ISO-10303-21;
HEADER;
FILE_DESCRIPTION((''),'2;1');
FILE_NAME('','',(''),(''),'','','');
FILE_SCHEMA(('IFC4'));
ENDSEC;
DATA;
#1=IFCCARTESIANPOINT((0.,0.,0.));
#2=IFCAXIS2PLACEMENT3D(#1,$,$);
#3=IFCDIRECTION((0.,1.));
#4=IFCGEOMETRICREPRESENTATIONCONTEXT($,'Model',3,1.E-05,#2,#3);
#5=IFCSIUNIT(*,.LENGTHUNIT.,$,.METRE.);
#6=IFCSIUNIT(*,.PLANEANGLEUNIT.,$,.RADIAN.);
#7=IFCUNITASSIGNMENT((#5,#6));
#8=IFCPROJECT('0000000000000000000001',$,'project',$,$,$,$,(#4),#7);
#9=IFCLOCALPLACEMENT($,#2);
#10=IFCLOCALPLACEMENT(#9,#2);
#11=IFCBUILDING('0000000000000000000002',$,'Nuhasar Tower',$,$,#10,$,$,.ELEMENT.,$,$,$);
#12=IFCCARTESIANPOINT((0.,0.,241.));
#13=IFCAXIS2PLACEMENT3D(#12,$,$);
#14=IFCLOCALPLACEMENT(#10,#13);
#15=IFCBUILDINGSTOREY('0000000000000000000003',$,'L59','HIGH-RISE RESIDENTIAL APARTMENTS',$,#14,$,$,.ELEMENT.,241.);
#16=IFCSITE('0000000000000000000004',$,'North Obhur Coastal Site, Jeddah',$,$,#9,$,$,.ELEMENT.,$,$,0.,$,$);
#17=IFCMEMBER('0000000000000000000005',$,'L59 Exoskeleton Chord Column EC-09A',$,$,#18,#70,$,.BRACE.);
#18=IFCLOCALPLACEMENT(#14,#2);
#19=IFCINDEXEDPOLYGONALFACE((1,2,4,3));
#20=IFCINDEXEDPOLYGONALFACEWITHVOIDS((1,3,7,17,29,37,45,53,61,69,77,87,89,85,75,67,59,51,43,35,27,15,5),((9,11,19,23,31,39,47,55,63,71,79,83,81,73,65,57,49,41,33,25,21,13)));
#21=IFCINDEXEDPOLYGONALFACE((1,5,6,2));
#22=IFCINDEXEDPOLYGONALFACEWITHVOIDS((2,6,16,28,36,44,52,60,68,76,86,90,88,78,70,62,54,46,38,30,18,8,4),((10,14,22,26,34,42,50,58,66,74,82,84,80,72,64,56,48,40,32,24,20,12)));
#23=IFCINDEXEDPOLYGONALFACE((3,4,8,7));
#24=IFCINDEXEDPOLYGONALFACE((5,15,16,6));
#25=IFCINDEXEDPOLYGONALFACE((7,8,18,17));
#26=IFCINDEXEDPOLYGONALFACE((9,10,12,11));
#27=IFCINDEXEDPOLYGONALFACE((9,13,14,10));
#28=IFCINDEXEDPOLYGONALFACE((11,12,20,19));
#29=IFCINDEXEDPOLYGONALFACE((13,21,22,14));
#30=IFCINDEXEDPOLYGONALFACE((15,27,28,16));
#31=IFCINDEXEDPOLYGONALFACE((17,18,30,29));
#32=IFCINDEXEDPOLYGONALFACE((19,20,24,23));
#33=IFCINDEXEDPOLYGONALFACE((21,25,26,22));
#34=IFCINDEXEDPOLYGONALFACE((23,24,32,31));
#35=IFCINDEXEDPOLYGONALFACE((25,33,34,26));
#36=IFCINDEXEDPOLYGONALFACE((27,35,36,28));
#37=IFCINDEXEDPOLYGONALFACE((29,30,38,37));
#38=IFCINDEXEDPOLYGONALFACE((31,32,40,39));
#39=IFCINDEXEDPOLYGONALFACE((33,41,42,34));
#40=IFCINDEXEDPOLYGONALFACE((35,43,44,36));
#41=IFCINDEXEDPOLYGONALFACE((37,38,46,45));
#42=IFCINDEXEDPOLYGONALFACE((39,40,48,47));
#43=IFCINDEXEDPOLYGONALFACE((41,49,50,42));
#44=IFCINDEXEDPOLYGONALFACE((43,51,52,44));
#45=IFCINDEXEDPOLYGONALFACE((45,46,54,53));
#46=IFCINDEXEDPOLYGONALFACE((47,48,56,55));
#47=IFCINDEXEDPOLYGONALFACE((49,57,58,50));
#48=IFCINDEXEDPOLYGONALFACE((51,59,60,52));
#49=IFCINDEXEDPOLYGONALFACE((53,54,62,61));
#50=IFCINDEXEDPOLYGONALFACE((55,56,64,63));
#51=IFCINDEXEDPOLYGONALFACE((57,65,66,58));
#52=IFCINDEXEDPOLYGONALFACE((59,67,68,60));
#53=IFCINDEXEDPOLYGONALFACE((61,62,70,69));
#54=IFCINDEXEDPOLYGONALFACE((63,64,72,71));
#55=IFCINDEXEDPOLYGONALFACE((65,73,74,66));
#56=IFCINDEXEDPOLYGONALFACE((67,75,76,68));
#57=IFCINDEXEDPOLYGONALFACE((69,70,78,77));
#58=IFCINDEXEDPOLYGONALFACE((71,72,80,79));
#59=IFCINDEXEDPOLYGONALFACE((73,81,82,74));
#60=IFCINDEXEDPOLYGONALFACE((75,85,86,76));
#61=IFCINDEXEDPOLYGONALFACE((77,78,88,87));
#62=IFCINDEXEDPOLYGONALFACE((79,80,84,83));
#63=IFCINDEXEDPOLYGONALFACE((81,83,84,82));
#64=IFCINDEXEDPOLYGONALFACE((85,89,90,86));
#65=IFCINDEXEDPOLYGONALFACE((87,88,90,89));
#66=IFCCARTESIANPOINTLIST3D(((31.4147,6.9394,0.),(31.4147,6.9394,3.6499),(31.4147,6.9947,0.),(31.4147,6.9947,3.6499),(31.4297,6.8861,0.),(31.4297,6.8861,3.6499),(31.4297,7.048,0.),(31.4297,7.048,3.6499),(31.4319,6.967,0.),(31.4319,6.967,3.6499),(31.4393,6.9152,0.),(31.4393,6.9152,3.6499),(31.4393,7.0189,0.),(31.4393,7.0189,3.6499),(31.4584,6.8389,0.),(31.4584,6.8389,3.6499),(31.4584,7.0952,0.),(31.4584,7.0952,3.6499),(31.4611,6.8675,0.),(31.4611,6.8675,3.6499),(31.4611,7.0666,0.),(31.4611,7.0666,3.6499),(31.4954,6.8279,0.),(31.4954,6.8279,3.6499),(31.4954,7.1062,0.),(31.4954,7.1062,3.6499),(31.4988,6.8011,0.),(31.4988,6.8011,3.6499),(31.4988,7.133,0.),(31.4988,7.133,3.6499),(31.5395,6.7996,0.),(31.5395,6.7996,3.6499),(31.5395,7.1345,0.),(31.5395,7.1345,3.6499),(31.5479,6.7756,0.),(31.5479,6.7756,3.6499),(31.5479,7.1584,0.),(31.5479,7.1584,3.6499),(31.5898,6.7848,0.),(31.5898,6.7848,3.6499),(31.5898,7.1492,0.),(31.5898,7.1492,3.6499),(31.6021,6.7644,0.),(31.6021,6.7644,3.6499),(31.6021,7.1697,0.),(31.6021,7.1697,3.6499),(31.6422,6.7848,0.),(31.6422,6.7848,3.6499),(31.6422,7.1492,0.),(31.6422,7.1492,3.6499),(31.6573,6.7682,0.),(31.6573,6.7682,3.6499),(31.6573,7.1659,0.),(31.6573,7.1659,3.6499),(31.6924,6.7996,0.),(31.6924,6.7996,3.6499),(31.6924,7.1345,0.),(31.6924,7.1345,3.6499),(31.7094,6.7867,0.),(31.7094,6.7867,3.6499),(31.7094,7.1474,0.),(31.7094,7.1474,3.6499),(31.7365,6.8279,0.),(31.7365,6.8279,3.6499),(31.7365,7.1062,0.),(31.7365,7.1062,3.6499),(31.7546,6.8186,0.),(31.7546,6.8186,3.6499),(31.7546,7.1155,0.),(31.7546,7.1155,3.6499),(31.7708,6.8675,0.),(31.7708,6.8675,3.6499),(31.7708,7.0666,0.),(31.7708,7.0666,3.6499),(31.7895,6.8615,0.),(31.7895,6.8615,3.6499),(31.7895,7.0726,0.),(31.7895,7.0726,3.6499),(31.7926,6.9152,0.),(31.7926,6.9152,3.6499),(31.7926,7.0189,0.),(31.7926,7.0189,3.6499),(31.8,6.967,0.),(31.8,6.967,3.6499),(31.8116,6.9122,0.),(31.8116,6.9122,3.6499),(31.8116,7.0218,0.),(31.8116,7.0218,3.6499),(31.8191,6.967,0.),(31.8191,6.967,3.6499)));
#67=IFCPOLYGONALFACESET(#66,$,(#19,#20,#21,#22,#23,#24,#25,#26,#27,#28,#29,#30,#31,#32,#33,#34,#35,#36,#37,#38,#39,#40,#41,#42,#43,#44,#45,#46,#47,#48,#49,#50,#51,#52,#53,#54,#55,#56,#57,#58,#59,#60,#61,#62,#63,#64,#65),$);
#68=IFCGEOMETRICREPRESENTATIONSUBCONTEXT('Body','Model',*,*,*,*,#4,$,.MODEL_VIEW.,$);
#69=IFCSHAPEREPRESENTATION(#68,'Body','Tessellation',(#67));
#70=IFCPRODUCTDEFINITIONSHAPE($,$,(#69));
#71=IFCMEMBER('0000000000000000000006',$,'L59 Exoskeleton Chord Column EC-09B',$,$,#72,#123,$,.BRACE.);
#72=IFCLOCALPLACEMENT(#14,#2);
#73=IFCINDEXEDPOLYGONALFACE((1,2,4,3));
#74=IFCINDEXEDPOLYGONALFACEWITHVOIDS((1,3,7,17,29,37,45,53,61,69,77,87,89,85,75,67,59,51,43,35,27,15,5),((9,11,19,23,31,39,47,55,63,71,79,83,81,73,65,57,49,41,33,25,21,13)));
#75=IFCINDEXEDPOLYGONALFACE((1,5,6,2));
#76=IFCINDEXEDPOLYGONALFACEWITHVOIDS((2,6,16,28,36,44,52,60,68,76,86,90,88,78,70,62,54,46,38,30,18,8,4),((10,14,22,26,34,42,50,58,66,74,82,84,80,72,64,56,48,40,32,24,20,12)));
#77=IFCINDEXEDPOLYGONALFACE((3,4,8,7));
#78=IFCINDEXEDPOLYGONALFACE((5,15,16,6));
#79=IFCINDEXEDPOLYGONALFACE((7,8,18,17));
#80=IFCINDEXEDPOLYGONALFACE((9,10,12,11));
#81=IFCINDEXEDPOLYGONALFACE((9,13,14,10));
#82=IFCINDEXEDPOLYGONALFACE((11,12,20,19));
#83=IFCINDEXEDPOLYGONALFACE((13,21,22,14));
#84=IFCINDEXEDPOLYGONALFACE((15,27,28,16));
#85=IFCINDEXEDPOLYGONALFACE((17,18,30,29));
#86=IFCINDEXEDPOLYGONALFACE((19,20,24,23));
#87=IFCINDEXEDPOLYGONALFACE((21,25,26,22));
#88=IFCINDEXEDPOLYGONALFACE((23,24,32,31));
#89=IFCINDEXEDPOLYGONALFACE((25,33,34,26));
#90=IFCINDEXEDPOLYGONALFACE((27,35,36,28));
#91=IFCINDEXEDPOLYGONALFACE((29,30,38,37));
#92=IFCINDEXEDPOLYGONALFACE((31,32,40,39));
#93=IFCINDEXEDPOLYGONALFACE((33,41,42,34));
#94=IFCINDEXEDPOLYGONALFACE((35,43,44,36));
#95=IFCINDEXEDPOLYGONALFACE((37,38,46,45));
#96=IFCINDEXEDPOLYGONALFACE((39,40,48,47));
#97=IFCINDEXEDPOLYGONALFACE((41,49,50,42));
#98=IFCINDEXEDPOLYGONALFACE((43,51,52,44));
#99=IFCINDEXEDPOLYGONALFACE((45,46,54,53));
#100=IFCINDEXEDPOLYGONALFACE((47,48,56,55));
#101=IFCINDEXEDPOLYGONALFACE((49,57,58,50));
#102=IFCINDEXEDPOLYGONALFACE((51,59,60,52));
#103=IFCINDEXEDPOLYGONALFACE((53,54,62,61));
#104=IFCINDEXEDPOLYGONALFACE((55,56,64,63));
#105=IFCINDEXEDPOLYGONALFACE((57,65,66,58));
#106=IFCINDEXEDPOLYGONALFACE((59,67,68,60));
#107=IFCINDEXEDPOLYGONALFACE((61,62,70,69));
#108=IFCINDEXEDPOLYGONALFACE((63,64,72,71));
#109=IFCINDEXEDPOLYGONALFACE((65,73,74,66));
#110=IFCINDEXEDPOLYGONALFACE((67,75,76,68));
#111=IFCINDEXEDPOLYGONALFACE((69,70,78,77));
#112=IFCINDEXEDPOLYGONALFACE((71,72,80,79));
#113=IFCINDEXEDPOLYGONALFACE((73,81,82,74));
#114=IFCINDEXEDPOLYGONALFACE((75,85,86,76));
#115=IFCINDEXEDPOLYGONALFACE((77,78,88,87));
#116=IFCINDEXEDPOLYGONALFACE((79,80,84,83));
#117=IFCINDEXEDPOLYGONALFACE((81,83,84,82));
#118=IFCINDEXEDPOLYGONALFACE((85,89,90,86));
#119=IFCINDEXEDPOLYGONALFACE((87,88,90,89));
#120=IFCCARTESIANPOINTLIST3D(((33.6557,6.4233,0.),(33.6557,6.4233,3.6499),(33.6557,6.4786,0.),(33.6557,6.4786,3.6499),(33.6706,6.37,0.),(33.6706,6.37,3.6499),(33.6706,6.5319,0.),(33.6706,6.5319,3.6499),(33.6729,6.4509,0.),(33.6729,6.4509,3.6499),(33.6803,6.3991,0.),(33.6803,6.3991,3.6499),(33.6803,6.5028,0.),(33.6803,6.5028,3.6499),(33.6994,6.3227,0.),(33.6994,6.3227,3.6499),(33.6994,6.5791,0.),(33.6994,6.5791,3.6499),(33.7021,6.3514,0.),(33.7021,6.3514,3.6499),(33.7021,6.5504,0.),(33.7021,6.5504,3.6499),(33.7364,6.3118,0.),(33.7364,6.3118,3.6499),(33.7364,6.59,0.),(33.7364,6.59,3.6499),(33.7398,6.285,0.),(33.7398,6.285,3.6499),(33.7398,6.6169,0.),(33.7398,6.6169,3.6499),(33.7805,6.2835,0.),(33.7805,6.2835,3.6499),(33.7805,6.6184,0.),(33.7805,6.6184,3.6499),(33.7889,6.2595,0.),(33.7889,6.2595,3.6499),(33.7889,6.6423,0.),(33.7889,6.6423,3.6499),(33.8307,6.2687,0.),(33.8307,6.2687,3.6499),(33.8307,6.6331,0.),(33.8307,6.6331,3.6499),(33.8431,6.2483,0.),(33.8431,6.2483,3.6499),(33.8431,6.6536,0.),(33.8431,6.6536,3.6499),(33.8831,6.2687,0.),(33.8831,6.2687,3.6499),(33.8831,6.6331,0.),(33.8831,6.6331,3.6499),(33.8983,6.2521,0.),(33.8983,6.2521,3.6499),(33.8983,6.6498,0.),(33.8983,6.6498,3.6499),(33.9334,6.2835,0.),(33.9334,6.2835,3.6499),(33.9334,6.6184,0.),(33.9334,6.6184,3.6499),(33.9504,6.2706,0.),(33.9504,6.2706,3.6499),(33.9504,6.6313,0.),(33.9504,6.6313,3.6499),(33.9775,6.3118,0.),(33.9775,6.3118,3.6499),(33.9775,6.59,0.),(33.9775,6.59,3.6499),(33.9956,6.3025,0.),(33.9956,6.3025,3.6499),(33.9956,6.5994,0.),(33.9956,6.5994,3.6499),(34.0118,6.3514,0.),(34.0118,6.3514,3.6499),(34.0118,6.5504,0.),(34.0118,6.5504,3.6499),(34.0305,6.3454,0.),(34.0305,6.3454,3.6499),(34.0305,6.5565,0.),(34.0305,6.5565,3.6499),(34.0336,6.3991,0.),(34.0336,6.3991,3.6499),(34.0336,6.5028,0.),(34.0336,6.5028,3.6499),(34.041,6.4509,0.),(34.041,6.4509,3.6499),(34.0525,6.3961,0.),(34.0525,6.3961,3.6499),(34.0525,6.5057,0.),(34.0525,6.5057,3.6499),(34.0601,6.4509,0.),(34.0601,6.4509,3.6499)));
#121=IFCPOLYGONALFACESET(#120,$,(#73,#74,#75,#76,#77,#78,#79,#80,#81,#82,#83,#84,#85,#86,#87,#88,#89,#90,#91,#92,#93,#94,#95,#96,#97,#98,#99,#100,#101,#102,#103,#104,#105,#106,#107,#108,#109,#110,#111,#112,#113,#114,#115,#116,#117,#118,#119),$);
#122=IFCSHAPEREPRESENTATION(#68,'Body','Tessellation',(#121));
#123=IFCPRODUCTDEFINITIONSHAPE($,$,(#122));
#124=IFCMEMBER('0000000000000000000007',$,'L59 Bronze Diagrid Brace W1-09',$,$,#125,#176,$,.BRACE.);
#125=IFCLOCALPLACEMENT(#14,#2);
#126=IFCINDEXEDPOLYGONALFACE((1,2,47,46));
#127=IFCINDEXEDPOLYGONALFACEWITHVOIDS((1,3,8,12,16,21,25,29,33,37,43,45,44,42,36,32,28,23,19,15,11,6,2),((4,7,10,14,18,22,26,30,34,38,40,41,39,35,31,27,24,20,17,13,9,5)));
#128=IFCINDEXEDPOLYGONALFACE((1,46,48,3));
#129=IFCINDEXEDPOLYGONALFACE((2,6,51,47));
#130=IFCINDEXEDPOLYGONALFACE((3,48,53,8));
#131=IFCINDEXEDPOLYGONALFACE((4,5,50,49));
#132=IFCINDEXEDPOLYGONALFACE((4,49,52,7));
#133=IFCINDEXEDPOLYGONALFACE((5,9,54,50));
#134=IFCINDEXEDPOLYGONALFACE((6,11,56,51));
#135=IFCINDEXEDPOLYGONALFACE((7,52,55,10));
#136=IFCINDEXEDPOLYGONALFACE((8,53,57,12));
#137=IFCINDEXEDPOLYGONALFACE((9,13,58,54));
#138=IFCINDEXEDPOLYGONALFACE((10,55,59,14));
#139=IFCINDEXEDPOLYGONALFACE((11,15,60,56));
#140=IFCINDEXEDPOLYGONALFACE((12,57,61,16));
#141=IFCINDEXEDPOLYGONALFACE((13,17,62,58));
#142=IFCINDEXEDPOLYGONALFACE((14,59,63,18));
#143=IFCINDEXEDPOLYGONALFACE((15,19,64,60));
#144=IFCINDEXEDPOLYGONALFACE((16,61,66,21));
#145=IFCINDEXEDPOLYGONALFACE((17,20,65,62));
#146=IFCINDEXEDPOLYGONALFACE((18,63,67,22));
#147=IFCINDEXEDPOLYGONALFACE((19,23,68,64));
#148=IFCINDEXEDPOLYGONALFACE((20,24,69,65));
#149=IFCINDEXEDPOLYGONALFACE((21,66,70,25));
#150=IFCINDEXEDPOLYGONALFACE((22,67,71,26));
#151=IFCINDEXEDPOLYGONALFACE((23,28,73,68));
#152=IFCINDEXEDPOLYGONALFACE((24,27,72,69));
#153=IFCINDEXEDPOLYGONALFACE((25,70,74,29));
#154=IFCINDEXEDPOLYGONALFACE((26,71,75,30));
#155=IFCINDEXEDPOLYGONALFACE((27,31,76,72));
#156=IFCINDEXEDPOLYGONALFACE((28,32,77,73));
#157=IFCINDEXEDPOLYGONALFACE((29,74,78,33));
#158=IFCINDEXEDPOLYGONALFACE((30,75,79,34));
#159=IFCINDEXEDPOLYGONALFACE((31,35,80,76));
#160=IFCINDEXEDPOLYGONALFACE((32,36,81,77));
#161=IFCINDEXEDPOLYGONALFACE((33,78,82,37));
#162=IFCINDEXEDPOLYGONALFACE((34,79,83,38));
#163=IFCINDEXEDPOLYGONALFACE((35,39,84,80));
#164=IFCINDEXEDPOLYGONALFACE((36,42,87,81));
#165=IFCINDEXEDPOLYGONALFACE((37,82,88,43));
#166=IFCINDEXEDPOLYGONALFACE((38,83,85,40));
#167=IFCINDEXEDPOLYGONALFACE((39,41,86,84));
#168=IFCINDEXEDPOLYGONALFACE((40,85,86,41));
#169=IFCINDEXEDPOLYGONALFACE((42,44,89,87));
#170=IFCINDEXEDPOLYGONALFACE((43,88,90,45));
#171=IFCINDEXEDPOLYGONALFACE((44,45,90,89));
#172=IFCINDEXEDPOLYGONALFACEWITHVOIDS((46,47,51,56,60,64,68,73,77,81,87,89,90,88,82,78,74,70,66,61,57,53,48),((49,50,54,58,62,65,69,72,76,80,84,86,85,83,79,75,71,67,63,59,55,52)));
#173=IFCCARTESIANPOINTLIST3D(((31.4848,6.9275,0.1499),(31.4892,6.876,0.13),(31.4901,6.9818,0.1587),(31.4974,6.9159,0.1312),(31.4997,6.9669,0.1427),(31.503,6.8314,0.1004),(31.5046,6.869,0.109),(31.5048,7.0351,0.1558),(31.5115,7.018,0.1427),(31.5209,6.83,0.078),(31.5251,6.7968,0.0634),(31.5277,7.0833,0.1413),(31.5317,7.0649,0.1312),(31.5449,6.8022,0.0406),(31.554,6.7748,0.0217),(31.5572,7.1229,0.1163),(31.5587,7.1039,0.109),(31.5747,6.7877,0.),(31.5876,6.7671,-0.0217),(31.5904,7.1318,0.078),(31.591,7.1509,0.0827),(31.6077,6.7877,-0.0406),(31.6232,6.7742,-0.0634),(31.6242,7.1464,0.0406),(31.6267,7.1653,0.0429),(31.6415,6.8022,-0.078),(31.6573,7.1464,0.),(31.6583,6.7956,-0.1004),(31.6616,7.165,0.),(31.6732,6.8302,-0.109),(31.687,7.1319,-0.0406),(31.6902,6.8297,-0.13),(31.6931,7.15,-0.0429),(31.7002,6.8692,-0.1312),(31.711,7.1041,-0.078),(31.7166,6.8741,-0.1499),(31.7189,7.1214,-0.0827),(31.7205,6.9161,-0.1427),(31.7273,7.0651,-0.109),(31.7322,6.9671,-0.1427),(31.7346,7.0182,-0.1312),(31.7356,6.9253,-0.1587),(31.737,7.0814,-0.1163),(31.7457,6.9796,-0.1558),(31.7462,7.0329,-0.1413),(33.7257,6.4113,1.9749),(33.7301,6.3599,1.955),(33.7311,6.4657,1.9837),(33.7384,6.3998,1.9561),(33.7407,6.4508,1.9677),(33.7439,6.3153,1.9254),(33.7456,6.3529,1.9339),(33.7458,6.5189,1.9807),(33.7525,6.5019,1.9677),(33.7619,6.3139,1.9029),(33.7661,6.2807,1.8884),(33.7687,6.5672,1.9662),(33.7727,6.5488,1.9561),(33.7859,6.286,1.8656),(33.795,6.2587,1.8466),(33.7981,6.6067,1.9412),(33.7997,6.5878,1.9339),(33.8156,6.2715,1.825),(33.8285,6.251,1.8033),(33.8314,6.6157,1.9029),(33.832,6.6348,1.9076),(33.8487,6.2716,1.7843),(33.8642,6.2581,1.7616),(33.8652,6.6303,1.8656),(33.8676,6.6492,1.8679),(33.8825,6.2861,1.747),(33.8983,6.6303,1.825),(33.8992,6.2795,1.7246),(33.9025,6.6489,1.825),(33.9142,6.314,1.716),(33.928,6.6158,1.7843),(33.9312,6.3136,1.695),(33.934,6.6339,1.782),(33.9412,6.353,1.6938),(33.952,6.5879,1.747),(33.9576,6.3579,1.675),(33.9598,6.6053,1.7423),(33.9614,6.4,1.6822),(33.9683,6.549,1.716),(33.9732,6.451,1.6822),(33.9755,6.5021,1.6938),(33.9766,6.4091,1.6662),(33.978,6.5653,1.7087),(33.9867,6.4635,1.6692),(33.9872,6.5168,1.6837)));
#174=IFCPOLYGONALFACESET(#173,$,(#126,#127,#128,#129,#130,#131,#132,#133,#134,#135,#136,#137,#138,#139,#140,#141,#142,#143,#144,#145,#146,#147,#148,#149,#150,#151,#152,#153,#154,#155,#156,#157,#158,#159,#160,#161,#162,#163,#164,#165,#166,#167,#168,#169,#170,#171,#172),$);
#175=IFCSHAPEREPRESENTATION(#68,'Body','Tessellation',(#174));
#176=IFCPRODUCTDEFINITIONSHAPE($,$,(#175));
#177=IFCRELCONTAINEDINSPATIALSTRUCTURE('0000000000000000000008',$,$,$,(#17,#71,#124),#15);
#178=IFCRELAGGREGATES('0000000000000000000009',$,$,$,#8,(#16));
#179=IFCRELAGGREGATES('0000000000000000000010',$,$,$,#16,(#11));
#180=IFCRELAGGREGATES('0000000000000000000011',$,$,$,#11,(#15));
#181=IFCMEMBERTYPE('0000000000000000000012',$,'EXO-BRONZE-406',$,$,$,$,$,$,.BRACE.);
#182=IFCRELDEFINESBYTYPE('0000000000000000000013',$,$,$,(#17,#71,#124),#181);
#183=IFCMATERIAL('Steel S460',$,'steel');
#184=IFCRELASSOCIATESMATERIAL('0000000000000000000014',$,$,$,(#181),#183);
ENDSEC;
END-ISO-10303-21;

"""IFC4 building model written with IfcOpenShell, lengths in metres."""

from ifc_helpers import new_model, si_unit, direction, frame, origin, origin_2d, place, context, subcontext, project, spatial, hollow_circle, extrude, material, material_profile, profile_set, type_object, element, save


model = new_model("IFC4")

# Units and contexts
model_context = context("Model", 3, precision=1e-05, world=origin(), true_north=direction((0.0, 1.0)))
body_context = subcontext(model_context, "Body", "Model", "MODEL_VIEW")
ifc_project = project(units=[si_unit("LENGTHUNIT", "METRE"), si_unit("PLANEANGLEUNIT", "RADIAN")], contexts=[model_context])

# Site, building, storey
site_placement = place(None, origin())
site = spatial("IfcSite", under=ifc_project, at=site_placement, Name="North Obhur Coastal Site, Jeddah", CompositionType="ELEMENT", RefElevation=0.0)
building_placement = place(site_placement, origin())
building = spatial("IfcBuilding", under=site, at=building_placement, Name="Nuhasar Tower", CompositionType="ELEMENT")
storey_placement = place(building_placement, frame((0.0, 0.0, 241.0)))
storey = spatial("IfcBuildingStorey", under=building, at=storey_placement, Name="L59", Description="HIGH-RISE RESIDENTIAL APARTMENTS", CompositionType="ELEMENT", Elevation=241.0)

# Members
ifc_material_1 = material(Name="Steel S460", Category="steel")
ifc_material_profile_1 = material_profile(ifc_material_1, hollow_circle(Radius=0.2031, WallThickness=0.019, at=origin_2d()), Name="HSS406.4X19.1")
ifc_profile_set_1 = profile_set([ifc_material_profile_1], Name="Steel S460")
member_type = type_object("IfcMemberType", Name="EXO-BRONZE-406", PredefinedType="BRACE", material=ifc_profile_set_1)
for number, where, z_axis, x_axis, name in (
    (1, (31.616, 6.967, 0.0), (0.0, 0.0, 1.0), (1.0, 0.0, 0.0), "L59 Exoskeleton Chord Column EC-09A"),
    (2, (33.8569, 6.4509, 0.0), (0.0, 0.0, 1.0), (1.0, 0.0, 0.0), "L59 Exoskeleton Chord Column EC-09B"),
):
    element("IfcMember", number, at=place(storey_placement, frame(where, z_axis=z_axis, x_axis=x_axis)), inside=storey, type_object=member_type, Name=name, PredefinedType="BRACE", context=body_context, shape_type="SweptSolid", body=[
        extrude(hollow_circle(Radius=0.2031, WallThickness=0.019, at=origin_2d()), origin(), (0.0, 0.0, 1.0), 3.6499),
    ])
for number, where, z_axis, x_axis, name in (
    (3, (31.616, 6.967, 0.0), (0.763332, -0.175802, 0.621626), (0.224433, 0.97449, 0.0), "L59 Bronze Diagrid Brace W1-09"),
):
    element("IfcMember", number, at=place(storey_placement, frame(where, z_axis=z_axis, x_axis=x_axis)), inside=storey, type_object=member_type, Name=name, PredefinedType="BRACE", context=body_context, shape_type="SweptSolid", body=[
        extrude(hollow_circle(Radius=0.2031, WallThickness=0.019, at=origin_2d()), origin(), (0.0, 0.0, 1.0), 2.9358),
    ])

save(model, "model.ifc")
